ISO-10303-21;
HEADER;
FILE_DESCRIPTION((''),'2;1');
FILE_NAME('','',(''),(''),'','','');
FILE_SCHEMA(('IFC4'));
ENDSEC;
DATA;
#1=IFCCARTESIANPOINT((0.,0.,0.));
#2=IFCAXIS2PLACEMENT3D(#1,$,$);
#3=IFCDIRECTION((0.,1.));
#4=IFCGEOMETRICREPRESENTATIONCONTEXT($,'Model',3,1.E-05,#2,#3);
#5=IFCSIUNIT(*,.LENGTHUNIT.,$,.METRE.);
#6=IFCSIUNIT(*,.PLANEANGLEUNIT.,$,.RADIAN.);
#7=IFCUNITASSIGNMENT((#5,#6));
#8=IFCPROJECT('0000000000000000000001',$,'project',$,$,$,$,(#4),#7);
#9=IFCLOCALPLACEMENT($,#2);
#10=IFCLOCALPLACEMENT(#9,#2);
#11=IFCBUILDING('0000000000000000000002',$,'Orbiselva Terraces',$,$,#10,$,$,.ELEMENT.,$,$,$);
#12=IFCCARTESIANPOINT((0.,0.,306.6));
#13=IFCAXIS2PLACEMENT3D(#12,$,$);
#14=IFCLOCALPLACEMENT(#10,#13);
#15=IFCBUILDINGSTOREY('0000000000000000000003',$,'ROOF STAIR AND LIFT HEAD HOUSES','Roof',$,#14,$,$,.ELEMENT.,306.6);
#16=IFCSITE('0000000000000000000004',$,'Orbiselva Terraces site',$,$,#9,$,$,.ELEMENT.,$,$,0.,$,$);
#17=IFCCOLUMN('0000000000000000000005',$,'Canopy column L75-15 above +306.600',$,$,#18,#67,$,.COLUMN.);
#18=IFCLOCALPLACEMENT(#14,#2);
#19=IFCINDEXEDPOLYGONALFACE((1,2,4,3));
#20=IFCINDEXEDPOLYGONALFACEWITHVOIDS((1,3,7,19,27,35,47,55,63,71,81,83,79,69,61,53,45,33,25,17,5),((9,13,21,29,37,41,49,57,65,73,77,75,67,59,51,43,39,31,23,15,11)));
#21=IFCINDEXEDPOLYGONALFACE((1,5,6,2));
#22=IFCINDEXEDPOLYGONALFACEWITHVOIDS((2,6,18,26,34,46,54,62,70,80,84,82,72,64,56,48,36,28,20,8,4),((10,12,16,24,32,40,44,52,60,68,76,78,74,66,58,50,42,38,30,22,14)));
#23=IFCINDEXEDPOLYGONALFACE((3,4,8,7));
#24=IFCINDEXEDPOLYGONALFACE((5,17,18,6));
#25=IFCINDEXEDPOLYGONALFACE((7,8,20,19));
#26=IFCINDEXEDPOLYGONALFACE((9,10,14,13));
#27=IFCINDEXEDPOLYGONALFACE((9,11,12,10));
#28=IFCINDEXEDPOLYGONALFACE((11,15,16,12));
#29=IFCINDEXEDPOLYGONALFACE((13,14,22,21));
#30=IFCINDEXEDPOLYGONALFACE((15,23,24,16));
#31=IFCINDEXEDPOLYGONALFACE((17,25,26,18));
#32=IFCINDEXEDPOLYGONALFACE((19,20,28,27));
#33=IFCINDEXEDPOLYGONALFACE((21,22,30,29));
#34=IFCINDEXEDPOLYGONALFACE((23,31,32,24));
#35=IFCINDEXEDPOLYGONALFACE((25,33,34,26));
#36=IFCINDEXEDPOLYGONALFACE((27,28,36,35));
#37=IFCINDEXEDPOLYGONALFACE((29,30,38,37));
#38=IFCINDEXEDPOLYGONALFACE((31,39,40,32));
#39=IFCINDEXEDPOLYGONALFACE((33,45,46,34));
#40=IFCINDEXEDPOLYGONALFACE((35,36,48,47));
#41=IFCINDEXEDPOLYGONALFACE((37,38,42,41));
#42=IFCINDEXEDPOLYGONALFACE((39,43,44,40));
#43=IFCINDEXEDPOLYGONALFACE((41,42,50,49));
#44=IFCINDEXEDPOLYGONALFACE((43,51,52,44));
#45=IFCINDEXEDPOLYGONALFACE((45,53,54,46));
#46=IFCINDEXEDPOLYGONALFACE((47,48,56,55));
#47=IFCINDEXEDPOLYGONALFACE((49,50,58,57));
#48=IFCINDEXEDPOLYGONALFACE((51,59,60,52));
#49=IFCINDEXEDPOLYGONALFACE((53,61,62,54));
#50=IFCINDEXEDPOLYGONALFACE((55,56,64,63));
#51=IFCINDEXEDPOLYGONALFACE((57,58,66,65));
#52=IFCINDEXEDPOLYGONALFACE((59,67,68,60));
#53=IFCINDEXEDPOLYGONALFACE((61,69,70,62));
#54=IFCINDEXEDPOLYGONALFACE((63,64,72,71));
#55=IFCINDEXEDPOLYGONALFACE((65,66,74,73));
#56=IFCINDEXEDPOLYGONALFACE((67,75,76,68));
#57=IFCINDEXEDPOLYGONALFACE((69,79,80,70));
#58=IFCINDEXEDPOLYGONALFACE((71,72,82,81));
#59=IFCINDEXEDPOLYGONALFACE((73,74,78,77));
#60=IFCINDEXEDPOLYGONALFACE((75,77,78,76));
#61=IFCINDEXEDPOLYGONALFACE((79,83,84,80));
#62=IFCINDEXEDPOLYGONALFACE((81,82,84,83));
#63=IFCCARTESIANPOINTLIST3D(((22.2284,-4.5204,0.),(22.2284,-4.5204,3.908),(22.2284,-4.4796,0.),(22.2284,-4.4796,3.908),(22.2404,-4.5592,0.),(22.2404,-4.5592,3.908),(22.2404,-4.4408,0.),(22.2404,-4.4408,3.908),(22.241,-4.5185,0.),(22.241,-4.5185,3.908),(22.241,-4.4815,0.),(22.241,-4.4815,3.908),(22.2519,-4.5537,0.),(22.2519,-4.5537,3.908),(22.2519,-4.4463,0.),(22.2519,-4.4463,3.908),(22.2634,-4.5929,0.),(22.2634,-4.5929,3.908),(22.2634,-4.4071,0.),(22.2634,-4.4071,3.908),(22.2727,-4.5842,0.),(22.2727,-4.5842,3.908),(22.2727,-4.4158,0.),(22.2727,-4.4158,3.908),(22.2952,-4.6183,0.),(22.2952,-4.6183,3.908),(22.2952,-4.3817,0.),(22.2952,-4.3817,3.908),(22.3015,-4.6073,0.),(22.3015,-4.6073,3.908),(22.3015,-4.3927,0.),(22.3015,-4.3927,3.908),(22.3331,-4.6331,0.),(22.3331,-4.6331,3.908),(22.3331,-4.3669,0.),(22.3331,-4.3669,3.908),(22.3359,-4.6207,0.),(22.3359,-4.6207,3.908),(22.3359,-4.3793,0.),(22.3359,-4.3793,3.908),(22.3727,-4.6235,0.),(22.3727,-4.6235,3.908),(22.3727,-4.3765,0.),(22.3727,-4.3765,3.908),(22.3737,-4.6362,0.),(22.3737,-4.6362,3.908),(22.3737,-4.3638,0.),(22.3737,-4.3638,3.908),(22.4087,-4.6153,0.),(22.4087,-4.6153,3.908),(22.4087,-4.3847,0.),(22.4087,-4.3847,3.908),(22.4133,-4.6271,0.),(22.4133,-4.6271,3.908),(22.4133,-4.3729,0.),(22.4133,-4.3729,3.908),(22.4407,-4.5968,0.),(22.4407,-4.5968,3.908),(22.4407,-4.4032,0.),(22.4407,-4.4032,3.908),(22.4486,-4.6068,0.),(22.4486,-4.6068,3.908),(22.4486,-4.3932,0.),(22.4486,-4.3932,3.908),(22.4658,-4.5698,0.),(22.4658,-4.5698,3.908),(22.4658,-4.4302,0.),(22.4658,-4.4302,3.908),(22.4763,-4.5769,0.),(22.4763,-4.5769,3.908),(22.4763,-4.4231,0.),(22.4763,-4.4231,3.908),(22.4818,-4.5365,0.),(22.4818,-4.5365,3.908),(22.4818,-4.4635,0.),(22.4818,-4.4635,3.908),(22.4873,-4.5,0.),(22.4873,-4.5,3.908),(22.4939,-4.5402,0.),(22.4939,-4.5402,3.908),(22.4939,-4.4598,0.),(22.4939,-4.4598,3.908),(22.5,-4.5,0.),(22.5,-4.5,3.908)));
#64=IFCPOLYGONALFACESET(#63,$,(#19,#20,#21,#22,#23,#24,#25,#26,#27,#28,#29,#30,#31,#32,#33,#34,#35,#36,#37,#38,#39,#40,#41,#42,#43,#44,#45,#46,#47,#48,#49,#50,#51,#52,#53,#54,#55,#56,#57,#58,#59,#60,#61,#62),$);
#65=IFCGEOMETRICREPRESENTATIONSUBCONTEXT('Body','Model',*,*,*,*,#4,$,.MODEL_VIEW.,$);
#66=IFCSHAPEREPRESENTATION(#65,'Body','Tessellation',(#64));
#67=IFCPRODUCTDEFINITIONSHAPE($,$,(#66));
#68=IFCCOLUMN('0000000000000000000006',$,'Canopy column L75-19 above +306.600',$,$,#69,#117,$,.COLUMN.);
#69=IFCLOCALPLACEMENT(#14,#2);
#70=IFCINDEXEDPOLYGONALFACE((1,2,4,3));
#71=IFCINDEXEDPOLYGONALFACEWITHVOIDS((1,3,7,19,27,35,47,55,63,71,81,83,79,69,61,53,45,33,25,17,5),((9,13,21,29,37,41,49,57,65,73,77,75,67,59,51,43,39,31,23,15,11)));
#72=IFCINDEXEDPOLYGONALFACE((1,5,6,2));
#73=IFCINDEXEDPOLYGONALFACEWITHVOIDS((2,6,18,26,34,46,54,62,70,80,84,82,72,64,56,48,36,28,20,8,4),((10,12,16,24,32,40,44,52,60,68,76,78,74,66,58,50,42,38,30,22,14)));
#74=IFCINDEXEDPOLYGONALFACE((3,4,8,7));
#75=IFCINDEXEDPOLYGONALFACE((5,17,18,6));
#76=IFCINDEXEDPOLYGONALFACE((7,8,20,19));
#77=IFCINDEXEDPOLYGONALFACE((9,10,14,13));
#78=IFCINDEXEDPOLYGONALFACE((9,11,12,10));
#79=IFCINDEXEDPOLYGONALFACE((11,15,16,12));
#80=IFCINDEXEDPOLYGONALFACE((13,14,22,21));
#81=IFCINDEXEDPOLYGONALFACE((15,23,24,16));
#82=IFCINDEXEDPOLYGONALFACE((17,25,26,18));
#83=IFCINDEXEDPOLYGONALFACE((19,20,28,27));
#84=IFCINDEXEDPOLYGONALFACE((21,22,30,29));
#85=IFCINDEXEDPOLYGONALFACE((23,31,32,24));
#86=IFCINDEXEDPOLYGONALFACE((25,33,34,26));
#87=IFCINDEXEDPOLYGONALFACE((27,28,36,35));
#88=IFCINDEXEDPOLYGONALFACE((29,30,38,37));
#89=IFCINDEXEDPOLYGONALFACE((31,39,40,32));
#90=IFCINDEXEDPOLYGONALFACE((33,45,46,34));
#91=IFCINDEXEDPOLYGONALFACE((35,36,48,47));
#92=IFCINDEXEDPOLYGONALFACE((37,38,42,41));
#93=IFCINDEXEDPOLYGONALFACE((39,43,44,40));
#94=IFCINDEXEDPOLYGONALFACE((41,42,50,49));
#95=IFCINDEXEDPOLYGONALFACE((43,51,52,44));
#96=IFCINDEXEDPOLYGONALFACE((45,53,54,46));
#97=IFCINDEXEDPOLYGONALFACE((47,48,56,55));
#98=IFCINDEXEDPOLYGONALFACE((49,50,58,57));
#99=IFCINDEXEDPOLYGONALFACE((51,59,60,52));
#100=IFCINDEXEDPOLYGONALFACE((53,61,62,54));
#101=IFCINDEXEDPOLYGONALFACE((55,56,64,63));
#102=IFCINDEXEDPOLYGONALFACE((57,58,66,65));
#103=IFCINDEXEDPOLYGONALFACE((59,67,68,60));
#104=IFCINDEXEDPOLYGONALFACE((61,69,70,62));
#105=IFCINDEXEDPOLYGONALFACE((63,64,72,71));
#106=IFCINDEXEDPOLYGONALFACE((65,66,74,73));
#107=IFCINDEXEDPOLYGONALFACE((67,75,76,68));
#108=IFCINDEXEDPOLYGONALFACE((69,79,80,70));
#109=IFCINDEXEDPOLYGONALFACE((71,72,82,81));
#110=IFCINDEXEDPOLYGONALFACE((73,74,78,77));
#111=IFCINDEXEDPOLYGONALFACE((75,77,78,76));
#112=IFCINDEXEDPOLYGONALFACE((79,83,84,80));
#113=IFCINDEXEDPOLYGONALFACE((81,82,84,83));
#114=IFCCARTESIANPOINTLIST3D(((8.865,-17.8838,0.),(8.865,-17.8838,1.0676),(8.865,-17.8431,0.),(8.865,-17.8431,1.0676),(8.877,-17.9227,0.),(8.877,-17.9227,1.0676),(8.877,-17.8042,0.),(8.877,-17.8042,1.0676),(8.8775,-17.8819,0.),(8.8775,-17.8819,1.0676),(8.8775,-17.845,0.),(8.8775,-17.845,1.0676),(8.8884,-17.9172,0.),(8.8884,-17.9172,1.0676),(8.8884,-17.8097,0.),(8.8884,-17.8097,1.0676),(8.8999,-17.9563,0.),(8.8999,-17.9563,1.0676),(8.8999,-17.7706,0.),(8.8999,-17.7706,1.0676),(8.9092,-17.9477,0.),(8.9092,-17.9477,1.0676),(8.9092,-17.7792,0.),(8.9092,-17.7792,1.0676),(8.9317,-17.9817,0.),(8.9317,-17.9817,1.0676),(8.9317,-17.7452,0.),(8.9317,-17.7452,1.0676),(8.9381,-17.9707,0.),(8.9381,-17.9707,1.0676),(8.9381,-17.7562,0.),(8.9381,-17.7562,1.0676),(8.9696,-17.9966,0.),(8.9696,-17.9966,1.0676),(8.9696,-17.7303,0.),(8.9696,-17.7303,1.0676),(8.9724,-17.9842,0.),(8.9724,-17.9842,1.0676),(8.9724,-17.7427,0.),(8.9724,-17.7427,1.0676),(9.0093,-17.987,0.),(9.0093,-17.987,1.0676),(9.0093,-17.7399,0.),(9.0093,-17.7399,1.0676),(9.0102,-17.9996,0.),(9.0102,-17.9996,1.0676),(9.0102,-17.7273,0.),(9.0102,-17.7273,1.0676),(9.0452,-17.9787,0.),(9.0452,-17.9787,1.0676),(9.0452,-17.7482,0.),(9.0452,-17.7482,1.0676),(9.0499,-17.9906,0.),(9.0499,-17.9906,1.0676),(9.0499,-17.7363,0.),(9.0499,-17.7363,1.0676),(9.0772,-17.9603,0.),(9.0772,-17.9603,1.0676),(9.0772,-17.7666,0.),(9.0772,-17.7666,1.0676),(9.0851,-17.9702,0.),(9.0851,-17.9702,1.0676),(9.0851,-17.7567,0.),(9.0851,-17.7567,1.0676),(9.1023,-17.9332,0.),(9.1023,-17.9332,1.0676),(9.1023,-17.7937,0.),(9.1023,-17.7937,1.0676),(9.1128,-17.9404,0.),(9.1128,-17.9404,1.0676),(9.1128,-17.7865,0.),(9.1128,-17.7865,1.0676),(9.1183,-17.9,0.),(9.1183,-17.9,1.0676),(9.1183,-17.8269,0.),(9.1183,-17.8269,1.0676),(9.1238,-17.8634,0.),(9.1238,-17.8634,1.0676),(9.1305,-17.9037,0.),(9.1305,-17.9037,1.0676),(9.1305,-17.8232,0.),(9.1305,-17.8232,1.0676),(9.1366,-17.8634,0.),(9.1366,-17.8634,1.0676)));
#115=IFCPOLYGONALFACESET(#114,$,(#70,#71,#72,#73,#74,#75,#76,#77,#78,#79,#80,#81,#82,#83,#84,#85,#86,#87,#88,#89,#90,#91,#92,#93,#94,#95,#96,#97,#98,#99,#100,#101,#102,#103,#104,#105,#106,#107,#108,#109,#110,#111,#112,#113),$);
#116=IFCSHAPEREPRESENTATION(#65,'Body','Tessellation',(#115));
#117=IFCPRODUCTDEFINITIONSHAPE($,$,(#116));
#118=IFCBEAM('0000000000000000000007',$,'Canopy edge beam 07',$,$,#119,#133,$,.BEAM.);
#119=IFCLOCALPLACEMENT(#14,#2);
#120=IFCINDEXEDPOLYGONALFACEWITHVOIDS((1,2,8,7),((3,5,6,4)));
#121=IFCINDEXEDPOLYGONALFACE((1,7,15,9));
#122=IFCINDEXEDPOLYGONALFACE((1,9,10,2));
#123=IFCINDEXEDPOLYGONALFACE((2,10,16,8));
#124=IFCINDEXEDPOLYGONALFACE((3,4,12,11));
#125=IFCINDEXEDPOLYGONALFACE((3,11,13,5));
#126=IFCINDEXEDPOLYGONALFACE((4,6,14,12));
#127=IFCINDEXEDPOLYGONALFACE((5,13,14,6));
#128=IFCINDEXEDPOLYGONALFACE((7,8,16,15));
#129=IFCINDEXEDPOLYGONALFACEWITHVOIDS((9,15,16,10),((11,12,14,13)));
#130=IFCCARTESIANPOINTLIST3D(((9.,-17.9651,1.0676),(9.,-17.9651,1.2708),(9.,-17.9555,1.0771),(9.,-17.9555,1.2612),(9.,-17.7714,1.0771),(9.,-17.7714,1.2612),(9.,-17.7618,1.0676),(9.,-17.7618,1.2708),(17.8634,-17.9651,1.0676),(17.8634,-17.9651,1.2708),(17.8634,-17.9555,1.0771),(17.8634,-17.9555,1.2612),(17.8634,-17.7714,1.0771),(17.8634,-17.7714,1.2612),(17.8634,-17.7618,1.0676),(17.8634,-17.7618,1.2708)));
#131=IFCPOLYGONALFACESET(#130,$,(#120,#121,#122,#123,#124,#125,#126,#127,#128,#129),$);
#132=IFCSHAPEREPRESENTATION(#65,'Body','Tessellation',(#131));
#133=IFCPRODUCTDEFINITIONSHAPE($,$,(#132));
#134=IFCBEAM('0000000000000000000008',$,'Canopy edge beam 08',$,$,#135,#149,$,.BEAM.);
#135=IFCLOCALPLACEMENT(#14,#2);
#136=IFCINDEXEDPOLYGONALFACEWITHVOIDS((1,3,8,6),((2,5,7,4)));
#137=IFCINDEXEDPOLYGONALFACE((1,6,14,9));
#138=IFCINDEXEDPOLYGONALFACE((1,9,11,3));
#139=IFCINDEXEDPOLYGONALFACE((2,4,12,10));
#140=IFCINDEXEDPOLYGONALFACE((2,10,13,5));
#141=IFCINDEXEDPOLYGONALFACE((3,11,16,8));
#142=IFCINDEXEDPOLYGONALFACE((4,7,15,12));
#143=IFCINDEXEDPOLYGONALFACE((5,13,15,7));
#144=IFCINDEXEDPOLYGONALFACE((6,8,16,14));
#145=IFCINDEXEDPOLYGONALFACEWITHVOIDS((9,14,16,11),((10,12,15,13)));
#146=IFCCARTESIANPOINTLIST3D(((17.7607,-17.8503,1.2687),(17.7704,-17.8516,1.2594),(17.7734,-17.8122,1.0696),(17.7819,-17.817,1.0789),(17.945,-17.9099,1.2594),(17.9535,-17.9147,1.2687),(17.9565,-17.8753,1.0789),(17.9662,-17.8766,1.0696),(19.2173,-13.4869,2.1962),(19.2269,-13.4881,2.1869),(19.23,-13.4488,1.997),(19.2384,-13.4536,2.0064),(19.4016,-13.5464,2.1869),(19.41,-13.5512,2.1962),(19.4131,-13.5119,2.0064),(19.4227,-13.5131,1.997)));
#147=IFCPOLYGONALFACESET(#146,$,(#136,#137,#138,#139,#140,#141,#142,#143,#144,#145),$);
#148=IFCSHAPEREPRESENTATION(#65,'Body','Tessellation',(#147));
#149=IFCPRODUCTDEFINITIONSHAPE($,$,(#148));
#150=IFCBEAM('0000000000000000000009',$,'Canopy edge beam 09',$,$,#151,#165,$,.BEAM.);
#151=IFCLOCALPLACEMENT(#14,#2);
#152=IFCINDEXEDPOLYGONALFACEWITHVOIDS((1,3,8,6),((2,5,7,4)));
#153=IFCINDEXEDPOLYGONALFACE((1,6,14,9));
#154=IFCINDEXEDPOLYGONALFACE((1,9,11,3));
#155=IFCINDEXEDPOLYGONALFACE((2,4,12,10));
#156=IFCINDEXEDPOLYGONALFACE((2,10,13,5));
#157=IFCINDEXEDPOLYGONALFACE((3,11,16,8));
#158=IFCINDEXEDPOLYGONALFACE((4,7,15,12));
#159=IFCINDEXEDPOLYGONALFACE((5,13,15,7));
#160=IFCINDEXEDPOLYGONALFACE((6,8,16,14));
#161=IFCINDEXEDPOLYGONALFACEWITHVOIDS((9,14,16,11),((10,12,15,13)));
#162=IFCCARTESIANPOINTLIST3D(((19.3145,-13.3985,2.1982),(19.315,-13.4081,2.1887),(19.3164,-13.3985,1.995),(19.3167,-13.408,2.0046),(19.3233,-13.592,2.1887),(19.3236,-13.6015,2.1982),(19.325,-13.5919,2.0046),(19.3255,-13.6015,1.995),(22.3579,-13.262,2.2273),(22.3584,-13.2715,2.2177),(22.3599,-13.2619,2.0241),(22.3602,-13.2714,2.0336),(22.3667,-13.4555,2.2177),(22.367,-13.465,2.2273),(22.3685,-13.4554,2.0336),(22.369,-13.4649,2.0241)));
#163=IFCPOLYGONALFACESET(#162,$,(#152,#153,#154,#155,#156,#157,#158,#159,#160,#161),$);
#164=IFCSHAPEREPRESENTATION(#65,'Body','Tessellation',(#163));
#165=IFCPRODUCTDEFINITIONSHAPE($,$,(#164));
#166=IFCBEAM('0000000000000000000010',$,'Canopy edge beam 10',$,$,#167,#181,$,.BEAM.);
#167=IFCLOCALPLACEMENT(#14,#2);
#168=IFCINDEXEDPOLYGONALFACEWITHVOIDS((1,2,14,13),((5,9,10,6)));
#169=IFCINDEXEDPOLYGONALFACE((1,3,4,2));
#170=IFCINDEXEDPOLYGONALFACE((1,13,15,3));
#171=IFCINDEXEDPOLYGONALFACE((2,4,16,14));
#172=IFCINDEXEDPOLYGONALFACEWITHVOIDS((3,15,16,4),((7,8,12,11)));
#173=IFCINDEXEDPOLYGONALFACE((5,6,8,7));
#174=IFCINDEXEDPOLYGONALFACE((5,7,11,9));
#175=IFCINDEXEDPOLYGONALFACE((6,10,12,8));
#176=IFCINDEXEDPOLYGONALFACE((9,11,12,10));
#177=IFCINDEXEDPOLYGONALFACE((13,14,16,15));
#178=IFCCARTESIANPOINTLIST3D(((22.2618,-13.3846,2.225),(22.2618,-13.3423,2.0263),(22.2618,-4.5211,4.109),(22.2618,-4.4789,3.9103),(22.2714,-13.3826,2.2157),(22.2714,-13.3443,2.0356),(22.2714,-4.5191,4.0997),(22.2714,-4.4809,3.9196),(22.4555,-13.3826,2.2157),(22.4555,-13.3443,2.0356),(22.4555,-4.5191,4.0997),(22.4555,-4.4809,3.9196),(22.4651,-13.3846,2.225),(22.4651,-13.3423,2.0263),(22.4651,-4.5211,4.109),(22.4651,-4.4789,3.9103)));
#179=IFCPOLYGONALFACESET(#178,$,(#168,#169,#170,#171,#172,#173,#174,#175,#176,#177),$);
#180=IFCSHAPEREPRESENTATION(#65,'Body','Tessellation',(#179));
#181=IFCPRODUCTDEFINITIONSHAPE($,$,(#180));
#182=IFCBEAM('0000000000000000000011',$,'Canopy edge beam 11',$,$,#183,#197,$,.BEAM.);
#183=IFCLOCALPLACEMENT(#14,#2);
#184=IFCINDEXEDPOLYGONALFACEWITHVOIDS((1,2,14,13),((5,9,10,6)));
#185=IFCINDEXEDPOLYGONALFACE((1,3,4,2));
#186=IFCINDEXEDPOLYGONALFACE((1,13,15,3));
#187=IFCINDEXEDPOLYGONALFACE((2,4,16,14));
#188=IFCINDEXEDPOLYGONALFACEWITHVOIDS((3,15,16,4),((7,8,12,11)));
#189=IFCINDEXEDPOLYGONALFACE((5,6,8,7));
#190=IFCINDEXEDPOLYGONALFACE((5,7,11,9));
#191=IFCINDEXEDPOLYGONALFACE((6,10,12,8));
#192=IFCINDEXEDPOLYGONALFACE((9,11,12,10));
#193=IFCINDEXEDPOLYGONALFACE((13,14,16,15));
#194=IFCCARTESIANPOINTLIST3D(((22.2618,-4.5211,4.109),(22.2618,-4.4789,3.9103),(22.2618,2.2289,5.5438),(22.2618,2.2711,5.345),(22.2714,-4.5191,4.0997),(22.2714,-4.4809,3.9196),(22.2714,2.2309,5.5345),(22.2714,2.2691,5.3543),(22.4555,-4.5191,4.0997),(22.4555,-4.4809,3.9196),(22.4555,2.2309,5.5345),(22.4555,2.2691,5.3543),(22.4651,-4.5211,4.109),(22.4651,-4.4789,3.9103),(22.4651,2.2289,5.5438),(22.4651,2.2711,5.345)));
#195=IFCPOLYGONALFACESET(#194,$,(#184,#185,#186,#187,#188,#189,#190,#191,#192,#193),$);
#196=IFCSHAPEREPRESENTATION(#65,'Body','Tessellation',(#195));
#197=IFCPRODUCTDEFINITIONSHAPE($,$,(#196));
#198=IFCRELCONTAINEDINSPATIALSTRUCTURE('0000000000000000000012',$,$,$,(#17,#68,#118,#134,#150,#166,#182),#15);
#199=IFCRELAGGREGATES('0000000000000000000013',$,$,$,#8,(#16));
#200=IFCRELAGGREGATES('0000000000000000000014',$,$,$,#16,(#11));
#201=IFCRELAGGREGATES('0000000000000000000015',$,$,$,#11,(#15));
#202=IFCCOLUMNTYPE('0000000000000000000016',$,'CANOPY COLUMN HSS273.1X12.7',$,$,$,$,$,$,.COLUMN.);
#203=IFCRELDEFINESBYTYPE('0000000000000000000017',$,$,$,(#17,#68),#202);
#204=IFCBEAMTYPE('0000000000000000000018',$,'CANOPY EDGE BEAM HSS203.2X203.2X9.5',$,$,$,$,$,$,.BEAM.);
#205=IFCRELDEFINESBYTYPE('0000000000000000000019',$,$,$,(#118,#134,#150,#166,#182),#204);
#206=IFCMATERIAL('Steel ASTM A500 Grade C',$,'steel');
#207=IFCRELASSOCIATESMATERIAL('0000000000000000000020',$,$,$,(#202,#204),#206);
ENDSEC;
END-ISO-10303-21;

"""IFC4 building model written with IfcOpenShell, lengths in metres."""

from ifc_helpers import new_model, si_unit, direction, frame, origin, origin_2d, place, context, subcontext, project, spatial, hollow_rectangle, hollow_circle, extrude, material, material_profile, profile_set, type_object, element, save


model = new_model("IFC4")

# Units and contexts
model_context = context("Model", 3, precision=1e-05, world=origin(), true_north=direction((0.0, 1.0)))
body_context = subcontext(model_context, "Body", "Model", "MODEL_VIEW")
ifc_project = project(units=[si_unit("LENGTHUNIT", "METRE"), si_unit("PLANEANGLEUNIT", "RADIAN")], contexts=[model_context])

# Site, building, storey
site_placement = place(None, origin())
site = spatial("IfcSite", under=ifc_project, at=site_placement, Name="Orbiselva Terraces site", CompositionType="ELEMENT", RefElevation=0.0)
building_placement = place(site_placement, origin())
building = spatial("IfcBuilding", under=site, at=building_placement, Name="Orbiselva Terraces", CompositionType="ELEMENT")
storey_placement = place(building_placement, frame((0.0, 0.0, 306.6)))
storey = spatial("IfcBuildingStorey", under=building, at=storey_placement, Name="ROOF STAIR AND LIFT HEAD HOUSES", Description="Roof", CompositionType="ELEMENT", Elevation=306.6)

# Columns
ifc_material = material(Name="Steel ASTM A500 Grade C", Category="steel")
ifc_material_profile_1 = material_profile(ifc_material, hollow_circle(Radius=0.1366, WallThickness=0.0127, at=origin_2d()), Name="HSS273.1X12.7")
ifc_profile_set_1 = profile_set([ifc_material_profile_1], Name="Steel ASTM A500 Grade C")
column_type = type_object("IfcColumnType", Name="CANOPY COLUMN HSS273.1X12.7", PredefinedType="COLUMN", material=ifc_profile_set_1)
column_1_placement = place(storey_placement, frame((22.3635, -4.5, 0.0), z_axis=(0.0, 0.0, 1.0), x_axis=(1.0, 0.0, 0.0)))
element("IfcColumn", 1, at=column_1_placement, inside=storey, type_object=column_type, Name="Canopy column L75-15 above +306.600", PredefinedType="COLUMN", context=body_context, shape_type="SweptSolid", body=[
    extrude(hollow_circle(Radius=0.1366, WallThickness=0.0127, at=origin_2d()), origin(), (0.0, 0.0, 1.0), 3.908),
])
column_2_placement = place(storey_placement, frame((9.0, -17.8635, 0.0), z_axis=(0.0, 0.0, 1.0), x_axis=(1.0, 0.0, 0.0)))
element("IfcColumn", 2, at=column_2_placement, inside=storey, type_object=column_type, Name="Canopy column L75-19 above +306.600", PredefinedType="COLUMN", context=body_context, shape_type="SweptSolid", body=[
    extrude(hollow_circle(Radius=0.1366, WallThickness=0.0127, at=origin_2d()), origin(), (0.0, 0.0, 1.0), 1.0676),
])

# Beams
ifc_material_profile_2 = material_profile(ifc_material, hollow_rectangle(XDim=0.2032, YDim=0.2032, WallThickness=0.0095, at=origin_2d()), Name="HSS203.2X203.2X9.5")
ifc_profile_set_2 = profile_set([ifc_material_profile_2], Name="Steel ASTM A500 Grade C")
beam_type = type_object("IfcBeamType", Name="CANOPY EDGE BEAM HSS203.2X203.2X9.5", PredefinedType="BEAM", material=ifc_profile_set_2)
beam_1_placement = place(storey_placement, frame((9.0, -17.8635, 1.1692), z_axis=(1.0, 0.0, 0.0), x_axis=(0.0, 1.0, 0.0)))
element("IfcBeam", 3, at=beam_1_placement, inside=storey, type_object=beam_type, Name="Canopy edge beam 07", PredefinedType="BEAM", context=body_context, shape_type="SweptSolid", body=[
    extrude(hollow_rectangle(XDim=0.2032, YDim=0.2032, WallThickness=0.0095, at=origin_2d()), origin(), (0.0, 0.0, 1.0), 8.8635),
])
beam_2_placement = place(storey_placement, frame((17.8635, -17.8635, 1.1692), z_axis=(0.310386, 0.929837, 0.197643), x_axis=(-0.948548, 0.316632, 0.0)))
element("IfcBeam", 4, at=beam_2_placement, inside=storey, type_object=beam_type, Name="Canopy edge beam 08", PredefinedType="BEAM", context=body_context, shape_type="SweptSolid", body=[
    extrude(hollow_rectangle(XDim=0.2032, YDim=0.2032, WallThickness=0.0095, at=origin_2d()), origin(), (0.0, 0.0, 1.0), 4.6927),
])
beam_3_placement = place(storey_placement, frame((19.32, -13.5, 2.0966), z_axis=(0.99895, 0.04482, 0.009527), x_axis=(-0.044822, 0.998995, 0.0)))
element("IfcBeam", 5, at=beam_3_placement, inside=storey, type_object=beam_type, Name="Canopy edge beam 09", PredefinedType="BEAM", context=body_context, shape_type="SweptSolid", body=[
    extrude(hollow_rectangle(XDim=0.2032, YDim=0.2032, WallThickness=0.0095, at=origin_2d()), origin(), (0.0, 0.0, 1.0), 3.0467),
])
beam_4_placement = place(storey_placement, frame((22.3635, -13.3635, 2.1257), z_axis=(0.0, 0.978148, 0.207912), x_axis=(-1.0, 0.0, 0.0)))
element("IfcBeam", 6, at=beam_4_placement, inside=storey, type_object=beam_type, Name="Canopy edge beam 10", PredefinedType="BEAM", context=body_context, shape_type="SweptSolid", body=[
    extrude(hollow_rectangle(XDim=0.2032, YDim=0.2032, WallThickness=0.0095, at=origin_2d()), origin(), (0.0, 0.0, 1.0), 9.0615),
])
beam_5_placement = place(storey_placement, frame((22.3635, -4.5, 4.0096), z_axis=(0.0, 0.978148, 0.207912), x_axis=(-1.0, 0.0, 0.0)))
element("IfcBeam", 7, at=beam_5_placement, inside=storey, type_object=beam_type, Name="Canopy edge beam 11", PredefinedType="BEAM", context=body_context, shape_type="SweptSolid", body=[
    extrude(hollow_rectangle(XDim=0.2032, YDim=0.2032, WallThickness=0.0095, at=origin_2d()), origin(), (0.0, 0.0, 1.0), 6.9008),
])

save(model, "model.ifc")
